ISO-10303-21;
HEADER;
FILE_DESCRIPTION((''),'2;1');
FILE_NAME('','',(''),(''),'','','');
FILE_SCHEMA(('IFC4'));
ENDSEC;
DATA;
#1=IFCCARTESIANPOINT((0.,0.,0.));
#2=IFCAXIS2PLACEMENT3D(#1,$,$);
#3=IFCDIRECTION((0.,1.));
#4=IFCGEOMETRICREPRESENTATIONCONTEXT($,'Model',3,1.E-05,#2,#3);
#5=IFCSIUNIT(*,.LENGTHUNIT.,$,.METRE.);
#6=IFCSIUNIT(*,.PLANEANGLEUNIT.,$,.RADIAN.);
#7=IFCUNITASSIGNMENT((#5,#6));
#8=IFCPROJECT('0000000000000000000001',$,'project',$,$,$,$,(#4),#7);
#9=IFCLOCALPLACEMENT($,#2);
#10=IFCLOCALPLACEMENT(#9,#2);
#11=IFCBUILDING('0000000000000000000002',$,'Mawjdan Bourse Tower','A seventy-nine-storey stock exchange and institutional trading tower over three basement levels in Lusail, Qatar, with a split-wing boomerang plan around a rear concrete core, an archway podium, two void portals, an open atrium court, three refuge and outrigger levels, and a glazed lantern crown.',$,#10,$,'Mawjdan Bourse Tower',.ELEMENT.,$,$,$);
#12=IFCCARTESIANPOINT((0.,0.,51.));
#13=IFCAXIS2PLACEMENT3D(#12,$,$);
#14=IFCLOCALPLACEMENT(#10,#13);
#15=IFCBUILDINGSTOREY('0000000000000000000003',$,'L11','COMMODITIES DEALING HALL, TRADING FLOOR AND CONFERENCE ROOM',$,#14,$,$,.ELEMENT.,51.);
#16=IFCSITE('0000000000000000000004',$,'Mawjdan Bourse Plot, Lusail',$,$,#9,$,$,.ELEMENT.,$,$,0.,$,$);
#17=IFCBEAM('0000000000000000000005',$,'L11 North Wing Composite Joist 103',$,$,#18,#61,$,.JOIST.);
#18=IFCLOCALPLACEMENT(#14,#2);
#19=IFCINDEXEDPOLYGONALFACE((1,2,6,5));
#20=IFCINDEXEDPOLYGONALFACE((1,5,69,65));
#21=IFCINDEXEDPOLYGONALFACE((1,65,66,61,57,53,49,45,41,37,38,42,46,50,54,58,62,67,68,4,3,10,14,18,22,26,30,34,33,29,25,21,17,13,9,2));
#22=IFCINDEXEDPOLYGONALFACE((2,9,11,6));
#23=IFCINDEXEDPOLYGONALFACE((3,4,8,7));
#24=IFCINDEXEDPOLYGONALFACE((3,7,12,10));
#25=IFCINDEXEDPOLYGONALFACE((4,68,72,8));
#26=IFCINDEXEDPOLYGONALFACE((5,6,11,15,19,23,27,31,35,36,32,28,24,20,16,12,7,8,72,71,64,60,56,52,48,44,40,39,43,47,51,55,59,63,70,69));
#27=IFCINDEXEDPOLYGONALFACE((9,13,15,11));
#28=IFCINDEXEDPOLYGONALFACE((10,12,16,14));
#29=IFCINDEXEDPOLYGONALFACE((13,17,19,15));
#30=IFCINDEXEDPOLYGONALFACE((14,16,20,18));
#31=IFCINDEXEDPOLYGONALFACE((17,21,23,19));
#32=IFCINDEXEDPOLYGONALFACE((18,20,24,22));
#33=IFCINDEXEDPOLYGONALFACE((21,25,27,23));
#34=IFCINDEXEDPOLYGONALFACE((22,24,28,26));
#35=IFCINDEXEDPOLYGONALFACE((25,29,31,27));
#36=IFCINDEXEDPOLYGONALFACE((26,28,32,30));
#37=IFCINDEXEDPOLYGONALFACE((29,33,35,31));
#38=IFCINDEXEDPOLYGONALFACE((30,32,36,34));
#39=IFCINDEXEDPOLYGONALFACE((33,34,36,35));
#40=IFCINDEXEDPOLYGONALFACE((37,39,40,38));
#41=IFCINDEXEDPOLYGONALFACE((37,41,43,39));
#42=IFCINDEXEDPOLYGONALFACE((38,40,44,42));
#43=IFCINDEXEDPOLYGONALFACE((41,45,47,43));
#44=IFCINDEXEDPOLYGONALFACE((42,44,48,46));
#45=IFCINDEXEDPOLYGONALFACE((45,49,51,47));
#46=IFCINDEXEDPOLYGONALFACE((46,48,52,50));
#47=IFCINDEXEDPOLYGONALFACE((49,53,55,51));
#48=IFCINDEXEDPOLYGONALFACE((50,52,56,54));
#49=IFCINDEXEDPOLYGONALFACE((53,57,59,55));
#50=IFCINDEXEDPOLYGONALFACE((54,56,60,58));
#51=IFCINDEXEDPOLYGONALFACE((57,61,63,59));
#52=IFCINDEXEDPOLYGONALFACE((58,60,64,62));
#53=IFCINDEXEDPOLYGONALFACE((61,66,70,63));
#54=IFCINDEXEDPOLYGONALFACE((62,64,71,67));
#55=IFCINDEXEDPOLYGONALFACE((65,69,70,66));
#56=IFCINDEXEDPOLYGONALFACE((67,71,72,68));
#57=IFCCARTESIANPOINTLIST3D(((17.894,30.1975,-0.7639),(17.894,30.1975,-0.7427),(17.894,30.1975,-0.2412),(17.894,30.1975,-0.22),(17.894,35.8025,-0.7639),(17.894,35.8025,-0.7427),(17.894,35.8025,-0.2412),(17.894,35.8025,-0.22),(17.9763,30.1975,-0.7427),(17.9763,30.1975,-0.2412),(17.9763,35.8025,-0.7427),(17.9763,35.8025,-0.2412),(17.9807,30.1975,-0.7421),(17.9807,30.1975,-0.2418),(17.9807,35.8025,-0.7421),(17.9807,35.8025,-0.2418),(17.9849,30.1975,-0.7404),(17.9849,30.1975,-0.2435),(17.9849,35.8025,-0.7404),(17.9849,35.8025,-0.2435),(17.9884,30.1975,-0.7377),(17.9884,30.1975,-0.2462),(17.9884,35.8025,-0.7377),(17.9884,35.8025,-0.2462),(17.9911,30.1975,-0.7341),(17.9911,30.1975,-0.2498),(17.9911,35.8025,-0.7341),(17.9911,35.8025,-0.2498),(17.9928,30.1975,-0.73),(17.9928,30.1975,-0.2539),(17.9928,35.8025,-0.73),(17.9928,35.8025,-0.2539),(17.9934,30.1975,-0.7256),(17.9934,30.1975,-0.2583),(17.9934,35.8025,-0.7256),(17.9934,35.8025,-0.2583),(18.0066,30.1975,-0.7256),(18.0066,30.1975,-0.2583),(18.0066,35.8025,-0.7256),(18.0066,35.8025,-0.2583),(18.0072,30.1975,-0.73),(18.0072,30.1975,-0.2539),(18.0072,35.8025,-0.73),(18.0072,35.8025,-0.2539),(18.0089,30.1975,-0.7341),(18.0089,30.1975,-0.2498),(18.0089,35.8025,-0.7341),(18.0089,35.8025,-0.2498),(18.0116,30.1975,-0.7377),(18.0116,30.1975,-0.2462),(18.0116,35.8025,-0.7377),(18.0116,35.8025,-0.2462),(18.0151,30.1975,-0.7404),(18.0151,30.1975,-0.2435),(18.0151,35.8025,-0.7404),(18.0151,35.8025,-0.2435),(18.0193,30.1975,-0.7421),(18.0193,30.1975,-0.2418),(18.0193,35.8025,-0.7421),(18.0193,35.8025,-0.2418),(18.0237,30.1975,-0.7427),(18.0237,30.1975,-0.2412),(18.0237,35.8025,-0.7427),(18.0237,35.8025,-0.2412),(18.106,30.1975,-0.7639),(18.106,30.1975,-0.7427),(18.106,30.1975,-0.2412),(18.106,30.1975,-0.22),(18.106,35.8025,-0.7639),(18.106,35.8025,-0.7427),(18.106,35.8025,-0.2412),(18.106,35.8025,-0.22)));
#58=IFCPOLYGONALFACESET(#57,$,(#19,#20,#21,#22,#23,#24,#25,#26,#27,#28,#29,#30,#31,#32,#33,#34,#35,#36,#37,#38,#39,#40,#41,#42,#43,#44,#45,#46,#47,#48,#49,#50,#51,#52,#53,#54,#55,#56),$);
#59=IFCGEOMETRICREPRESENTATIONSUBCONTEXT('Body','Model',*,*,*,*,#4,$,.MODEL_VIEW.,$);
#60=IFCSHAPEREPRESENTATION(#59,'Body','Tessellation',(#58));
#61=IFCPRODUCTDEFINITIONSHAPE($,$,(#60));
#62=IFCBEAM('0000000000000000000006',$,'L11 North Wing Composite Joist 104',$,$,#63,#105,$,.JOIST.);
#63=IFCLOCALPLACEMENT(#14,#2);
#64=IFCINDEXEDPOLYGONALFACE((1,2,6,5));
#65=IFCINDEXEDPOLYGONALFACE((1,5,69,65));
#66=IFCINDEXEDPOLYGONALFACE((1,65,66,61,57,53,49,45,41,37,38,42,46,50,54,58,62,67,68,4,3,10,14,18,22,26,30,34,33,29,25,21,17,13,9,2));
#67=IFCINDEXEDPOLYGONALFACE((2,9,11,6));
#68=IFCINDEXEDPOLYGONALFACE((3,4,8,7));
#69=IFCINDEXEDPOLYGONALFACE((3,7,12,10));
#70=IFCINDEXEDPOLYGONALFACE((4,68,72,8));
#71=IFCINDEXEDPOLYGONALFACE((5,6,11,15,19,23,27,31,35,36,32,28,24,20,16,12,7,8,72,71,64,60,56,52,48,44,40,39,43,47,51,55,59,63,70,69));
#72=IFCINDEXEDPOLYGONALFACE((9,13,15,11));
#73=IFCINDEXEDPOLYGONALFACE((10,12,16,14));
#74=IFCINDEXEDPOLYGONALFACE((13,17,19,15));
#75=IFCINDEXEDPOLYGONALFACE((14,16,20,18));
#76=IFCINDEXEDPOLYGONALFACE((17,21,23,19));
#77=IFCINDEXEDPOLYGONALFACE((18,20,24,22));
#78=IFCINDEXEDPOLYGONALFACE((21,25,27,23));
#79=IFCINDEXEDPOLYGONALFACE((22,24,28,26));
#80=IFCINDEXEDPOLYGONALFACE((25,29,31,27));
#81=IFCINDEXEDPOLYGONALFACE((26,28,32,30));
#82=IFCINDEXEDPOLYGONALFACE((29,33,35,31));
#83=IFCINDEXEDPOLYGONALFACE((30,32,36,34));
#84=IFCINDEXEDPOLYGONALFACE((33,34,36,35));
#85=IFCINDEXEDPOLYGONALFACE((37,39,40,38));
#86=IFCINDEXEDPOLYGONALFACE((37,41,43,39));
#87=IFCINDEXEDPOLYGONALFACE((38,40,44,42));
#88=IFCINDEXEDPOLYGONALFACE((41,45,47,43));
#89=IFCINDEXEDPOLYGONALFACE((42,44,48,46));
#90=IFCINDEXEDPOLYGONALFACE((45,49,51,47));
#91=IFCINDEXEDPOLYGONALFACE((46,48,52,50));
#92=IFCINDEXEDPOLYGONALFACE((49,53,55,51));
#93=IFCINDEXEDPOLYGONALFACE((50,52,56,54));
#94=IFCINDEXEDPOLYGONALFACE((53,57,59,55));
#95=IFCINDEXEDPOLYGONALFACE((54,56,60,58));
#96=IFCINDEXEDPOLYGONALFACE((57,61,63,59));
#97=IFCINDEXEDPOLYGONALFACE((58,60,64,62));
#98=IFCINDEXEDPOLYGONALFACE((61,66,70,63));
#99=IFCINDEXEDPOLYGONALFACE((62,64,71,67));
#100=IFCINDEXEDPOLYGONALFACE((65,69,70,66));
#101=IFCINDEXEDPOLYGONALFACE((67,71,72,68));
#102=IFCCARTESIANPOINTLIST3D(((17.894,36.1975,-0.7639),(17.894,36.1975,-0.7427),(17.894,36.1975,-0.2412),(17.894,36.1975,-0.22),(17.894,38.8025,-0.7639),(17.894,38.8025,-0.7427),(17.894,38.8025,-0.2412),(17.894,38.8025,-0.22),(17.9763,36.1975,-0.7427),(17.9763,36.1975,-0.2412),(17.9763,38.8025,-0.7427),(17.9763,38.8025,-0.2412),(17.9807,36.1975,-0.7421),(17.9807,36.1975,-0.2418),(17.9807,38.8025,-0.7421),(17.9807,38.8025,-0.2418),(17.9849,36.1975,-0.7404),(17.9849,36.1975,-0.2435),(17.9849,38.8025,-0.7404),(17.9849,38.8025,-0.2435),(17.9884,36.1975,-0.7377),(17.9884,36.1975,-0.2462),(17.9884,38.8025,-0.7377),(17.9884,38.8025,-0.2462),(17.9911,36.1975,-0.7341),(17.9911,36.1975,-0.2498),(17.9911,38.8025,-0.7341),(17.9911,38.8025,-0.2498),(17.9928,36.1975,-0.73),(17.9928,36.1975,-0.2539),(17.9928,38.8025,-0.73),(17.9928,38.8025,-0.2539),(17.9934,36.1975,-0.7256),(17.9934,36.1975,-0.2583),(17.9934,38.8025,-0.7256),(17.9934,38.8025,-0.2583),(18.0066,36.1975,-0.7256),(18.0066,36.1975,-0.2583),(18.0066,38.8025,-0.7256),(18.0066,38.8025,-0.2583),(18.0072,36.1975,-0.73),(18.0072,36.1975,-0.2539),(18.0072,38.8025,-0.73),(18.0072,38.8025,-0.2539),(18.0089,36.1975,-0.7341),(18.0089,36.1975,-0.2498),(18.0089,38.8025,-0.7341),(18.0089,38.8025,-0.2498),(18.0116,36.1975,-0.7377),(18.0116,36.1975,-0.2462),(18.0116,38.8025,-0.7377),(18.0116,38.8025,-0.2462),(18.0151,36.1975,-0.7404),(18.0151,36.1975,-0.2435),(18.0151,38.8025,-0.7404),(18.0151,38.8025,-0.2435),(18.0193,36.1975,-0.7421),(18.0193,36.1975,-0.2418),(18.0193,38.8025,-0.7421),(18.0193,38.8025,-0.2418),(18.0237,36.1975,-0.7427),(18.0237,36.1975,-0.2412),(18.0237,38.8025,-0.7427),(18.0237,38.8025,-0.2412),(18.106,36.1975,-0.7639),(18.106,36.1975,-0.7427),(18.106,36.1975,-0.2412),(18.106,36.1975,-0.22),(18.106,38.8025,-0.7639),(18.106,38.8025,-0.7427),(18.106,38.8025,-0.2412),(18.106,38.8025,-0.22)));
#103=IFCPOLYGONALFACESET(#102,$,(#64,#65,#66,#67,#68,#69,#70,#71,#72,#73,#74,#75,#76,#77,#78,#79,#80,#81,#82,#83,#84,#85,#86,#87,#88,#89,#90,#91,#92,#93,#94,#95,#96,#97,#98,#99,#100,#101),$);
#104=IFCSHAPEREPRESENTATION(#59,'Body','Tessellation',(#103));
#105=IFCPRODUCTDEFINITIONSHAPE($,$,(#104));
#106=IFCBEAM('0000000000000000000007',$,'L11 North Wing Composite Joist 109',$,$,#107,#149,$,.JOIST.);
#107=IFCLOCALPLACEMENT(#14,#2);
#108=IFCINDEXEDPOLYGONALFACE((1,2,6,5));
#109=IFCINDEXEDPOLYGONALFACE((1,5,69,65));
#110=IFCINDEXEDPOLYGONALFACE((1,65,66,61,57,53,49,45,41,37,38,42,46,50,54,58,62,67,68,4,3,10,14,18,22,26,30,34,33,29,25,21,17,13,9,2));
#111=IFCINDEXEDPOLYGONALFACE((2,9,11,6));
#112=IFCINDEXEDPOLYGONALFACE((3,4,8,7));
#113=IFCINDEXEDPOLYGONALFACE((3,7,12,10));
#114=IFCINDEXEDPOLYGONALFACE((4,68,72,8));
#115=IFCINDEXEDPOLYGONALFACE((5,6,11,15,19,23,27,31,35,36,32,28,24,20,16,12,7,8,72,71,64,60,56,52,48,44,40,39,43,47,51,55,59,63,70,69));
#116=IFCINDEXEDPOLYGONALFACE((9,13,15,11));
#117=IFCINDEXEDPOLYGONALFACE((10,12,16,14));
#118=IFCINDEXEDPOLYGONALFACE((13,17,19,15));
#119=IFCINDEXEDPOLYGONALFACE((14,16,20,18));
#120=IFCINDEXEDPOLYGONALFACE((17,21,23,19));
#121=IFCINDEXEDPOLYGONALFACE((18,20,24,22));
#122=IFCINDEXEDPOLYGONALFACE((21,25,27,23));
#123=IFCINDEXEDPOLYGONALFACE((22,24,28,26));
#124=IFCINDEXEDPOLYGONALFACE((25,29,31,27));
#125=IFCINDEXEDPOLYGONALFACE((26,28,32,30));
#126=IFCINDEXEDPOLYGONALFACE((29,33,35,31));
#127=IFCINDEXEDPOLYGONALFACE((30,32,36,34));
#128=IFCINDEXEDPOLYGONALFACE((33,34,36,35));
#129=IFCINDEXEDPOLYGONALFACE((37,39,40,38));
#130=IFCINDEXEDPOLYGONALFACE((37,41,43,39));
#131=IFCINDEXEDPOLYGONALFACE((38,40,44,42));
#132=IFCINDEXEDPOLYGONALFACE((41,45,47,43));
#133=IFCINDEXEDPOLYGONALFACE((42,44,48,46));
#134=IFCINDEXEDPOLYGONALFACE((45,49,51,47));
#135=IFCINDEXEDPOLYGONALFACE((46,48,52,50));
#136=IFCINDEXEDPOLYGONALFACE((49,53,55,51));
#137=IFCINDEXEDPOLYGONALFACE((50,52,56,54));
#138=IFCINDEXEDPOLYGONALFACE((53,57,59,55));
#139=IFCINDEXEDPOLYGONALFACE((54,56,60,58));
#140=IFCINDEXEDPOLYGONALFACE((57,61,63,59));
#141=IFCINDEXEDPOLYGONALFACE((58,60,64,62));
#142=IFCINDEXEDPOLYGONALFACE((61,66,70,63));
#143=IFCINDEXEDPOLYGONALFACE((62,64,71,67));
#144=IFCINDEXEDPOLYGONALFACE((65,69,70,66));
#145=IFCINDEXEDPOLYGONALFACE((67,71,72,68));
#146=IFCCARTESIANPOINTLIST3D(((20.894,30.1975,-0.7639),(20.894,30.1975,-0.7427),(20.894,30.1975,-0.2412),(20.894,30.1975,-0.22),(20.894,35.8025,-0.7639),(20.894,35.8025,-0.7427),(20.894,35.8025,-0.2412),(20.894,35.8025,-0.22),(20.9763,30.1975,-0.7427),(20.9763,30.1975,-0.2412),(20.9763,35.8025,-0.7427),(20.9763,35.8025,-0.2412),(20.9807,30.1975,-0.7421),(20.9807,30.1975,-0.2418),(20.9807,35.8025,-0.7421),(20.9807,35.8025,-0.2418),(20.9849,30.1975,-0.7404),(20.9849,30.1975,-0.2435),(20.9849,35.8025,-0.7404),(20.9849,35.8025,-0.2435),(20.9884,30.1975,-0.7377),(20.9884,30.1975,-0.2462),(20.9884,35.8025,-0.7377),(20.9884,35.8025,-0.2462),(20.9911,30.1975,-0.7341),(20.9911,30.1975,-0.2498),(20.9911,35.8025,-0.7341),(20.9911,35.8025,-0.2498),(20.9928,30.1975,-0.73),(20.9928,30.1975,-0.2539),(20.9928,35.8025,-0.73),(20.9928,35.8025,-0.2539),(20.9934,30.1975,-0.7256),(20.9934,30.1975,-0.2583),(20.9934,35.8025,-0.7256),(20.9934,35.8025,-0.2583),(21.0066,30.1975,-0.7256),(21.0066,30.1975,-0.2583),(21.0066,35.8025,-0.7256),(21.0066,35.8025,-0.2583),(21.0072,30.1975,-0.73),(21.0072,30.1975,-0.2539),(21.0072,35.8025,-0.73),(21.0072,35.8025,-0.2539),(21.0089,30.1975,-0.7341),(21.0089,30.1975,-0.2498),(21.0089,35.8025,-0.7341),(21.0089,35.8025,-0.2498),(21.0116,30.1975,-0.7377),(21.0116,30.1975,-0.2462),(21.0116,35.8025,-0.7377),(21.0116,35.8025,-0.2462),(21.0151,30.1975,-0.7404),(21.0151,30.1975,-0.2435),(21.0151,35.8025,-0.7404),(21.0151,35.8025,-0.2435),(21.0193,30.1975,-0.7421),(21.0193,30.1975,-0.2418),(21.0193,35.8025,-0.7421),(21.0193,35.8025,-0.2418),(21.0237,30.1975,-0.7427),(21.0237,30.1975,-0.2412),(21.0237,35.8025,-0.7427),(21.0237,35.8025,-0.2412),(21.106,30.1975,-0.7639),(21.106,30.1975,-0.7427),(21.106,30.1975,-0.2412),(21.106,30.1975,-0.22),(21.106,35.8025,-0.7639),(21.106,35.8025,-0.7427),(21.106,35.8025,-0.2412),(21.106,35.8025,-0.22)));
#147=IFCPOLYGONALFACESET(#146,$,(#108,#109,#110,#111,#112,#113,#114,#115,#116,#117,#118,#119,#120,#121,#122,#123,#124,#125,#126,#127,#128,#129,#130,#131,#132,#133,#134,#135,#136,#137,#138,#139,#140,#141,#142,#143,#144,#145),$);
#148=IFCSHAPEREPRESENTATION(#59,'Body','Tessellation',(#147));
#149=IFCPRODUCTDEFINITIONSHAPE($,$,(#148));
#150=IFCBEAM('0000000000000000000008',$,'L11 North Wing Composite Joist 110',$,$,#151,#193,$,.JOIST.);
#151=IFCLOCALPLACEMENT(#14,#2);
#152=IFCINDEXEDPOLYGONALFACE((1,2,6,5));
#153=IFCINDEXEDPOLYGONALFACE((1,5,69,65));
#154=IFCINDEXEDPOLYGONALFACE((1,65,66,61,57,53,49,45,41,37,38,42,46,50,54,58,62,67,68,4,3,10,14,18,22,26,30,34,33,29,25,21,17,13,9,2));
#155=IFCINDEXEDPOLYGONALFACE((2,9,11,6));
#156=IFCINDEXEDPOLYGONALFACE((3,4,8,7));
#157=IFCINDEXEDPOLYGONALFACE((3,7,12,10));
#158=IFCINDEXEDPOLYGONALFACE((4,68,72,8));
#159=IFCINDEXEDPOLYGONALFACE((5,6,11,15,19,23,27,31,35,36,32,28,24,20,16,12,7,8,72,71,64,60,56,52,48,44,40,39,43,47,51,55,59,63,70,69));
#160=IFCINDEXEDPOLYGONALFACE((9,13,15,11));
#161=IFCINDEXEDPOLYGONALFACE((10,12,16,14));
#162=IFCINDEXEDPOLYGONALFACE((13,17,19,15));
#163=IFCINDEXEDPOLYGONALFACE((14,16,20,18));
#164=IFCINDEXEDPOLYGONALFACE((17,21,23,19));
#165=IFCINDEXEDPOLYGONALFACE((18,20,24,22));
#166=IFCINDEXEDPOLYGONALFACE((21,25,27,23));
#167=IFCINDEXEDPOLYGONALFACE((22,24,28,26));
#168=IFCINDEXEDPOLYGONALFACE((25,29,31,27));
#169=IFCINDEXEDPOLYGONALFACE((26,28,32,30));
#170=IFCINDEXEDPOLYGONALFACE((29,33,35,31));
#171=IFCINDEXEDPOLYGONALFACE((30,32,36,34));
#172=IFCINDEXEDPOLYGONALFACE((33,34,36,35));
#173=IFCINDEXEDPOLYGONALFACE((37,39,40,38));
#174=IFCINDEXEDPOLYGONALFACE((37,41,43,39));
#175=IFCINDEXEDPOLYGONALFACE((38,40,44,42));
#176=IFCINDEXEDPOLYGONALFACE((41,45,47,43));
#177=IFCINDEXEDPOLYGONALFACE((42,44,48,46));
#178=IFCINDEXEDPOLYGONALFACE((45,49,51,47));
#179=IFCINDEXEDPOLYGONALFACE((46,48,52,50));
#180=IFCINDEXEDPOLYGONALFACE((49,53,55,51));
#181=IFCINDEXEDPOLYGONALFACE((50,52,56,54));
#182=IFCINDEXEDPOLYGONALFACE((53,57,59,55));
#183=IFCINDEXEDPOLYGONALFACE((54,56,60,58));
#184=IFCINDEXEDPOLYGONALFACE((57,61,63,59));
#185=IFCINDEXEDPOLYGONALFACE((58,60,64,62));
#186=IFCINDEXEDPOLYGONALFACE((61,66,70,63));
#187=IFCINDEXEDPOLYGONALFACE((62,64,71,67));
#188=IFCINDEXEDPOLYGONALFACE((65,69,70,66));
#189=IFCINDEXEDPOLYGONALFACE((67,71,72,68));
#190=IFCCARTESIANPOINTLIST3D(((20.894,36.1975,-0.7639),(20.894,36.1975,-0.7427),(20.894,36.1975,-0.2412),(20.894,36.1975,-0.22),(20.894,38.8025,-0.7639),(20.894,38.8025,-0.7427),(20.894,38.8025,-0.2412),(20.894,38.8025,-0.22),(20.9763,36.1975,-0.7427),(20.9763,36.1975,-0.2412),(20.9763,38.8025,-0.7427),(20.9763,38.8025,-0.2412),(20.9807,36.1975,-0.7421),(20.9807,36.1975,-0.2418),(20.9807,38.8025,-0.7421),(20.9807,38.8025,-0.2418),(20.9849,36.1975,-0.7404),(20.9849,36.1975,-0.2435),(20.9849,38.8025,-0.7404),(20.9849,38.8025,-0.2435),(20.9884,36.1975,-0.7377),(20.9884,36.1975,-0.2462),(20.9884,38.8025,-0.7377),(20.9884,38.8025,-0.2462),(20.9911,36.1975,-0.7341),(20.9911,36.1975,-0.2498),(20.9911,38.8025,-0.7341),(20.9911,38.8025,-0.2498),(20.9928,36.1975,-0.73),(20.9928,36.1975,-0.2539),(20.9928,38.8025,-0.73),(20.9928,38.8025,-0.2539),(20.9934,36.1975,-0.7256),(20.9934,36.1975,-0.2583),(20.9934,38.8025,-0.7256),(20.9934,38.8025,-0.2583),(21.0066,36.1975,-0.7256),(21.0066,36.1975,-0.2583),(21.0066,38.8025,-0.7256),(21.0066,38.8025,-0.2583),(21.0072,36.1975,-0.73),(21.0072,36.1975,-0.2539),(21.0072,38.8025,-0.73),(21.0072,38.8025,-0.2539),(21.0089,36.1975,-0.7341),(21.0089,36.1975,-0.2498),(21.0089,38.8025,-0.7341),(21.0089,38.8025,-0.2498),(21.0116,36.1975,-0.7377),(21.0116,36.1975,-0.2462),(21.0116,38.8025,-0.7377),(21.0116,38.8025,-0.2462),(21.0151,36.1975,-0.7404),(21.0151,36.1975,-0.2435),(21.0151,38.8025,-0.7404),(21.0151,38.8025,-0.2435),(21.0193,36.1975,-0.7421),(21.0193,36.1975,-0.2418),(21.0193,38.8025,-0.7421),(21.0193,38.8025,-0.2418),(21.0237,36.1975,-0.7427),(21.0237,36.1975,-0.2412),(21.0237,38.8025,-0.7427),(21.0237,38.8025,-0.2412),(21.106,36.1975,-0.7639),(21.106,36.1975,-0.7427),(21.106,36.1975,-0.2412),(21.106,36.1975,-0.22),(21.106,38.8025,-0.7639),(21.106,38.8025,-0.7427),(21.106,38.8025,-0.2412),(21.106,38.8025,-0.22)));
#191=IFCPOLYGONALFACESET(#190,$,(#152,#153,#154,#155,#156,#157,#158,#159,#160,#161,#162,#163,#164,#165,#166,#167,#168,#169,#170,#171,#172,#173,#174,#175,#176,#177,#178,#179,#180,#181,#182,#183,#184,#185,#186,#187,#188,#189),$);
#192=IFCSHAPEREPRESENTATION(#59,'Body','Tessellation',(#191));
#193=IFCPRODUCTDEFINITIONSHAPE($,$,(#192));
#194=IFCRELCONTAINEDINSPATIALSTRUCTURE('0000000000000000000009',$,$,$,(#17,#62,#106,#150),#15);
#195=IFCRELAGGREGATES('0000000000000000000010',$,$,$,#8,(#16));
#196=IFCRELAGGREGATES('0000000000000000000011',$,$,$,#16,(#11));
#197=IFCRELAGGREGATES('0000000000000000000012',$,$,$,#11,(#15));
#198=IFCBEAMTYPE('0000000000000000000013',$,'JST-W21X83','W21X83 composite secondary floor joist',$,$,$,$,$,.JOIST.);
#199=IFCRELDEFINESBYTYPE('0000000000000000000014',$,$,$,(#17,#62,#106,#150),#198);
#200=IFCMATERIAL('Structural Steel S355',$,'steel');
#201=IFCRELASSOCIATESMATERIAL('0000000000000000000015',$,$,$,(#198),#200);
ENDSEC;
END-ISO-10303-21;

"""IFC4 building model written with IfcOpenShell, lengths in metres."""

from ifc_helpers import new_model, si_unit, direction, frame, origin, origin_2d, place, context, subcontext, project, spatial, i_section, extrude, material, material_profile, profile_set, type_object, element, save


model = new_model("IFC4")

# Units and contexts
model_context = context("Model", 3, precision=1e-05, world=origin(), true_north=direction((0.0, 1.0)))
body_context = subcontext(model_context, "Body", "Model", "MODEL_VIEW")
ifc_project = project(units=[si_unit("LENGTHUNIT", "METRE"), si_unit("PLANEANGLEUNIT", "RADIAN")], contexts=[model_context])

# Site, building, storey
site_placement = place(None, origin())
site = spatial("IfcSite", under=ifc_project, at=site_placement, Name="Mawjdan Bourse Plot, Lusail", CompositionType="ELEMENT", RefElevation=0.0)
building_placement = place(site_placement, origin())
building = spatial("IfcBuilding", under=site, at=building_placement, Name="Mawjdan Bourse Tower", Description="A seventy-nine-storey stock exchange and institutional trading tower over three basement levels in Lusail, Qatar, with a split-wing boomerang plan around a rear concrete core, an archway podium, two void portals, an open atrium court, three refuge and outrigger levels, and a glazed lantern crown.", LongName="Mawjdan Bourse Tower", CompositionType="ELEMENT")
storey_placement = place(building_placement, frame((0.0, 0.0, 51.0)))
storey = spatial("IfcBuildingStorey", under=building, at=storey_placement, Name="L11", Description="COMMODITIES DEALING HALL, TRADING FLOOR AND CONFERENCE ROOM", CompositionType="ELEMENT", Elevation=51.0)

# Beams
ifc_material_1 = material(Name="Structural Steel S355", Category="steel")
ifc_material_profile_1 = material_profile(ifc_material_1, i_section(OverallWidth=0.2119, OverallDepth=0.5439, WebThickness=0.0132, FlangeThickness=0.0212, FilletRadius=0.0171, at=origin_2d()), Name="W21X83")
ifc_profile_set_1 = profile_set([ifc_material_profile_1], Name="Structural Steel S355")
beam_type_1 = type_object("IfcBeamType", Name="JST-W21X83", Description="W21X83 composite secondary floor joist", PredefinedType="JOIST", material=ifc_profile_set_1)
beam_1_placement = place(storey_placement, frame((18.0, 30.1975, -0.4919), z_axis=(0.0, 1.0, 0.0), x_axis=(-1.0, 0.0, 0.0)))
element("IfcBeam", 1, at=beam_1_placement, inside=storey, type_object=beam_type_1, Name="L11 North Wing Composite Joist 103", PredefinedType="JOIST", context=body_context, shape_type="SweptSolid", body=[
    extrude(i_section(OverallWidth=0.2119, OverallDepth=0.5439, WebThickness=0.0132, FlangeThickness=0.0212, FilletRadius=0.0171, at=origin_2d()), origin(), (0.0, 0.0, 1.0), 5.605),
])
beam_2_placement = place(storey_placement, frame((18.0, 36.1975, -0.4919), z_axis=(0.0, 1.0, 0.0), x_axis=(-1.0, 0.0, 0.0)))
element("IfcBeam", 2, at=beam_2_placement, inside=storey, type_object=beam_type_1, Name="L11 North Wing Composite Joist 104", PredefinedType="JOIST", context=body_context, shape_type="SweptSolid", body=[
    extrude(i_section(OverallWidth=0.2119, OverallDepth=0.5439, WebThickness=0.0132, FlangeThickness=0.0212, FilletRadius=0.0171, at=origin_2d()), origin(), (0.0, 0.0, 1.0), 2.605),
])
beam_3_placement = place(storey_placement, frame((21.0, 30.1975, -0.4919), z_axis=(0.0, 1.0, 0.0), x_axis=(-1.0, 0.0, 0.0)))
element("IfcBeam", 3, at=beam_3_placement, inside=storey, type_object=beam_type_1, Name="L11 North Wing Composite Joist 109", PredefinedType="JOIST", context=body_context, shape_type="SweptSolid", body=[
    extrude(i_section(OverallWidth=0.2119, OverallDepth=0.5439, WebThickness=0.0132, FlangeThickness=0.0212, FilletRadius=0.0171, at=origin_2d()), origin(), (0.0, 0.0, 1.0), 5.605),
])
beam_4_placement = place(storey_placement, frame((21.0, 36.1975, -0.4919), z_axis=(0.0, 1.0, 0.0), x_axis=(-1.0, 0.0, 0.0)))
element("IfcBeam", 4, at=beam_4_placement, inside=storey, type_object=beam_type_1, Name="L11 North Wing Composite Joist 110", PredefinedType="JOIST", context=body_context, shape_type="SweptSolid", body=[
    extrude(i_section(OverallWidth=0.2119, OverallDepth=0.5439, WebThickness=0.0132, FlangeThickness=0.0212, FilletRadius=0.0171, at=origin_2d()), origin(), (0.0, 0.0, 1.0), 2.605),
])

save(model, "model.ifc")
